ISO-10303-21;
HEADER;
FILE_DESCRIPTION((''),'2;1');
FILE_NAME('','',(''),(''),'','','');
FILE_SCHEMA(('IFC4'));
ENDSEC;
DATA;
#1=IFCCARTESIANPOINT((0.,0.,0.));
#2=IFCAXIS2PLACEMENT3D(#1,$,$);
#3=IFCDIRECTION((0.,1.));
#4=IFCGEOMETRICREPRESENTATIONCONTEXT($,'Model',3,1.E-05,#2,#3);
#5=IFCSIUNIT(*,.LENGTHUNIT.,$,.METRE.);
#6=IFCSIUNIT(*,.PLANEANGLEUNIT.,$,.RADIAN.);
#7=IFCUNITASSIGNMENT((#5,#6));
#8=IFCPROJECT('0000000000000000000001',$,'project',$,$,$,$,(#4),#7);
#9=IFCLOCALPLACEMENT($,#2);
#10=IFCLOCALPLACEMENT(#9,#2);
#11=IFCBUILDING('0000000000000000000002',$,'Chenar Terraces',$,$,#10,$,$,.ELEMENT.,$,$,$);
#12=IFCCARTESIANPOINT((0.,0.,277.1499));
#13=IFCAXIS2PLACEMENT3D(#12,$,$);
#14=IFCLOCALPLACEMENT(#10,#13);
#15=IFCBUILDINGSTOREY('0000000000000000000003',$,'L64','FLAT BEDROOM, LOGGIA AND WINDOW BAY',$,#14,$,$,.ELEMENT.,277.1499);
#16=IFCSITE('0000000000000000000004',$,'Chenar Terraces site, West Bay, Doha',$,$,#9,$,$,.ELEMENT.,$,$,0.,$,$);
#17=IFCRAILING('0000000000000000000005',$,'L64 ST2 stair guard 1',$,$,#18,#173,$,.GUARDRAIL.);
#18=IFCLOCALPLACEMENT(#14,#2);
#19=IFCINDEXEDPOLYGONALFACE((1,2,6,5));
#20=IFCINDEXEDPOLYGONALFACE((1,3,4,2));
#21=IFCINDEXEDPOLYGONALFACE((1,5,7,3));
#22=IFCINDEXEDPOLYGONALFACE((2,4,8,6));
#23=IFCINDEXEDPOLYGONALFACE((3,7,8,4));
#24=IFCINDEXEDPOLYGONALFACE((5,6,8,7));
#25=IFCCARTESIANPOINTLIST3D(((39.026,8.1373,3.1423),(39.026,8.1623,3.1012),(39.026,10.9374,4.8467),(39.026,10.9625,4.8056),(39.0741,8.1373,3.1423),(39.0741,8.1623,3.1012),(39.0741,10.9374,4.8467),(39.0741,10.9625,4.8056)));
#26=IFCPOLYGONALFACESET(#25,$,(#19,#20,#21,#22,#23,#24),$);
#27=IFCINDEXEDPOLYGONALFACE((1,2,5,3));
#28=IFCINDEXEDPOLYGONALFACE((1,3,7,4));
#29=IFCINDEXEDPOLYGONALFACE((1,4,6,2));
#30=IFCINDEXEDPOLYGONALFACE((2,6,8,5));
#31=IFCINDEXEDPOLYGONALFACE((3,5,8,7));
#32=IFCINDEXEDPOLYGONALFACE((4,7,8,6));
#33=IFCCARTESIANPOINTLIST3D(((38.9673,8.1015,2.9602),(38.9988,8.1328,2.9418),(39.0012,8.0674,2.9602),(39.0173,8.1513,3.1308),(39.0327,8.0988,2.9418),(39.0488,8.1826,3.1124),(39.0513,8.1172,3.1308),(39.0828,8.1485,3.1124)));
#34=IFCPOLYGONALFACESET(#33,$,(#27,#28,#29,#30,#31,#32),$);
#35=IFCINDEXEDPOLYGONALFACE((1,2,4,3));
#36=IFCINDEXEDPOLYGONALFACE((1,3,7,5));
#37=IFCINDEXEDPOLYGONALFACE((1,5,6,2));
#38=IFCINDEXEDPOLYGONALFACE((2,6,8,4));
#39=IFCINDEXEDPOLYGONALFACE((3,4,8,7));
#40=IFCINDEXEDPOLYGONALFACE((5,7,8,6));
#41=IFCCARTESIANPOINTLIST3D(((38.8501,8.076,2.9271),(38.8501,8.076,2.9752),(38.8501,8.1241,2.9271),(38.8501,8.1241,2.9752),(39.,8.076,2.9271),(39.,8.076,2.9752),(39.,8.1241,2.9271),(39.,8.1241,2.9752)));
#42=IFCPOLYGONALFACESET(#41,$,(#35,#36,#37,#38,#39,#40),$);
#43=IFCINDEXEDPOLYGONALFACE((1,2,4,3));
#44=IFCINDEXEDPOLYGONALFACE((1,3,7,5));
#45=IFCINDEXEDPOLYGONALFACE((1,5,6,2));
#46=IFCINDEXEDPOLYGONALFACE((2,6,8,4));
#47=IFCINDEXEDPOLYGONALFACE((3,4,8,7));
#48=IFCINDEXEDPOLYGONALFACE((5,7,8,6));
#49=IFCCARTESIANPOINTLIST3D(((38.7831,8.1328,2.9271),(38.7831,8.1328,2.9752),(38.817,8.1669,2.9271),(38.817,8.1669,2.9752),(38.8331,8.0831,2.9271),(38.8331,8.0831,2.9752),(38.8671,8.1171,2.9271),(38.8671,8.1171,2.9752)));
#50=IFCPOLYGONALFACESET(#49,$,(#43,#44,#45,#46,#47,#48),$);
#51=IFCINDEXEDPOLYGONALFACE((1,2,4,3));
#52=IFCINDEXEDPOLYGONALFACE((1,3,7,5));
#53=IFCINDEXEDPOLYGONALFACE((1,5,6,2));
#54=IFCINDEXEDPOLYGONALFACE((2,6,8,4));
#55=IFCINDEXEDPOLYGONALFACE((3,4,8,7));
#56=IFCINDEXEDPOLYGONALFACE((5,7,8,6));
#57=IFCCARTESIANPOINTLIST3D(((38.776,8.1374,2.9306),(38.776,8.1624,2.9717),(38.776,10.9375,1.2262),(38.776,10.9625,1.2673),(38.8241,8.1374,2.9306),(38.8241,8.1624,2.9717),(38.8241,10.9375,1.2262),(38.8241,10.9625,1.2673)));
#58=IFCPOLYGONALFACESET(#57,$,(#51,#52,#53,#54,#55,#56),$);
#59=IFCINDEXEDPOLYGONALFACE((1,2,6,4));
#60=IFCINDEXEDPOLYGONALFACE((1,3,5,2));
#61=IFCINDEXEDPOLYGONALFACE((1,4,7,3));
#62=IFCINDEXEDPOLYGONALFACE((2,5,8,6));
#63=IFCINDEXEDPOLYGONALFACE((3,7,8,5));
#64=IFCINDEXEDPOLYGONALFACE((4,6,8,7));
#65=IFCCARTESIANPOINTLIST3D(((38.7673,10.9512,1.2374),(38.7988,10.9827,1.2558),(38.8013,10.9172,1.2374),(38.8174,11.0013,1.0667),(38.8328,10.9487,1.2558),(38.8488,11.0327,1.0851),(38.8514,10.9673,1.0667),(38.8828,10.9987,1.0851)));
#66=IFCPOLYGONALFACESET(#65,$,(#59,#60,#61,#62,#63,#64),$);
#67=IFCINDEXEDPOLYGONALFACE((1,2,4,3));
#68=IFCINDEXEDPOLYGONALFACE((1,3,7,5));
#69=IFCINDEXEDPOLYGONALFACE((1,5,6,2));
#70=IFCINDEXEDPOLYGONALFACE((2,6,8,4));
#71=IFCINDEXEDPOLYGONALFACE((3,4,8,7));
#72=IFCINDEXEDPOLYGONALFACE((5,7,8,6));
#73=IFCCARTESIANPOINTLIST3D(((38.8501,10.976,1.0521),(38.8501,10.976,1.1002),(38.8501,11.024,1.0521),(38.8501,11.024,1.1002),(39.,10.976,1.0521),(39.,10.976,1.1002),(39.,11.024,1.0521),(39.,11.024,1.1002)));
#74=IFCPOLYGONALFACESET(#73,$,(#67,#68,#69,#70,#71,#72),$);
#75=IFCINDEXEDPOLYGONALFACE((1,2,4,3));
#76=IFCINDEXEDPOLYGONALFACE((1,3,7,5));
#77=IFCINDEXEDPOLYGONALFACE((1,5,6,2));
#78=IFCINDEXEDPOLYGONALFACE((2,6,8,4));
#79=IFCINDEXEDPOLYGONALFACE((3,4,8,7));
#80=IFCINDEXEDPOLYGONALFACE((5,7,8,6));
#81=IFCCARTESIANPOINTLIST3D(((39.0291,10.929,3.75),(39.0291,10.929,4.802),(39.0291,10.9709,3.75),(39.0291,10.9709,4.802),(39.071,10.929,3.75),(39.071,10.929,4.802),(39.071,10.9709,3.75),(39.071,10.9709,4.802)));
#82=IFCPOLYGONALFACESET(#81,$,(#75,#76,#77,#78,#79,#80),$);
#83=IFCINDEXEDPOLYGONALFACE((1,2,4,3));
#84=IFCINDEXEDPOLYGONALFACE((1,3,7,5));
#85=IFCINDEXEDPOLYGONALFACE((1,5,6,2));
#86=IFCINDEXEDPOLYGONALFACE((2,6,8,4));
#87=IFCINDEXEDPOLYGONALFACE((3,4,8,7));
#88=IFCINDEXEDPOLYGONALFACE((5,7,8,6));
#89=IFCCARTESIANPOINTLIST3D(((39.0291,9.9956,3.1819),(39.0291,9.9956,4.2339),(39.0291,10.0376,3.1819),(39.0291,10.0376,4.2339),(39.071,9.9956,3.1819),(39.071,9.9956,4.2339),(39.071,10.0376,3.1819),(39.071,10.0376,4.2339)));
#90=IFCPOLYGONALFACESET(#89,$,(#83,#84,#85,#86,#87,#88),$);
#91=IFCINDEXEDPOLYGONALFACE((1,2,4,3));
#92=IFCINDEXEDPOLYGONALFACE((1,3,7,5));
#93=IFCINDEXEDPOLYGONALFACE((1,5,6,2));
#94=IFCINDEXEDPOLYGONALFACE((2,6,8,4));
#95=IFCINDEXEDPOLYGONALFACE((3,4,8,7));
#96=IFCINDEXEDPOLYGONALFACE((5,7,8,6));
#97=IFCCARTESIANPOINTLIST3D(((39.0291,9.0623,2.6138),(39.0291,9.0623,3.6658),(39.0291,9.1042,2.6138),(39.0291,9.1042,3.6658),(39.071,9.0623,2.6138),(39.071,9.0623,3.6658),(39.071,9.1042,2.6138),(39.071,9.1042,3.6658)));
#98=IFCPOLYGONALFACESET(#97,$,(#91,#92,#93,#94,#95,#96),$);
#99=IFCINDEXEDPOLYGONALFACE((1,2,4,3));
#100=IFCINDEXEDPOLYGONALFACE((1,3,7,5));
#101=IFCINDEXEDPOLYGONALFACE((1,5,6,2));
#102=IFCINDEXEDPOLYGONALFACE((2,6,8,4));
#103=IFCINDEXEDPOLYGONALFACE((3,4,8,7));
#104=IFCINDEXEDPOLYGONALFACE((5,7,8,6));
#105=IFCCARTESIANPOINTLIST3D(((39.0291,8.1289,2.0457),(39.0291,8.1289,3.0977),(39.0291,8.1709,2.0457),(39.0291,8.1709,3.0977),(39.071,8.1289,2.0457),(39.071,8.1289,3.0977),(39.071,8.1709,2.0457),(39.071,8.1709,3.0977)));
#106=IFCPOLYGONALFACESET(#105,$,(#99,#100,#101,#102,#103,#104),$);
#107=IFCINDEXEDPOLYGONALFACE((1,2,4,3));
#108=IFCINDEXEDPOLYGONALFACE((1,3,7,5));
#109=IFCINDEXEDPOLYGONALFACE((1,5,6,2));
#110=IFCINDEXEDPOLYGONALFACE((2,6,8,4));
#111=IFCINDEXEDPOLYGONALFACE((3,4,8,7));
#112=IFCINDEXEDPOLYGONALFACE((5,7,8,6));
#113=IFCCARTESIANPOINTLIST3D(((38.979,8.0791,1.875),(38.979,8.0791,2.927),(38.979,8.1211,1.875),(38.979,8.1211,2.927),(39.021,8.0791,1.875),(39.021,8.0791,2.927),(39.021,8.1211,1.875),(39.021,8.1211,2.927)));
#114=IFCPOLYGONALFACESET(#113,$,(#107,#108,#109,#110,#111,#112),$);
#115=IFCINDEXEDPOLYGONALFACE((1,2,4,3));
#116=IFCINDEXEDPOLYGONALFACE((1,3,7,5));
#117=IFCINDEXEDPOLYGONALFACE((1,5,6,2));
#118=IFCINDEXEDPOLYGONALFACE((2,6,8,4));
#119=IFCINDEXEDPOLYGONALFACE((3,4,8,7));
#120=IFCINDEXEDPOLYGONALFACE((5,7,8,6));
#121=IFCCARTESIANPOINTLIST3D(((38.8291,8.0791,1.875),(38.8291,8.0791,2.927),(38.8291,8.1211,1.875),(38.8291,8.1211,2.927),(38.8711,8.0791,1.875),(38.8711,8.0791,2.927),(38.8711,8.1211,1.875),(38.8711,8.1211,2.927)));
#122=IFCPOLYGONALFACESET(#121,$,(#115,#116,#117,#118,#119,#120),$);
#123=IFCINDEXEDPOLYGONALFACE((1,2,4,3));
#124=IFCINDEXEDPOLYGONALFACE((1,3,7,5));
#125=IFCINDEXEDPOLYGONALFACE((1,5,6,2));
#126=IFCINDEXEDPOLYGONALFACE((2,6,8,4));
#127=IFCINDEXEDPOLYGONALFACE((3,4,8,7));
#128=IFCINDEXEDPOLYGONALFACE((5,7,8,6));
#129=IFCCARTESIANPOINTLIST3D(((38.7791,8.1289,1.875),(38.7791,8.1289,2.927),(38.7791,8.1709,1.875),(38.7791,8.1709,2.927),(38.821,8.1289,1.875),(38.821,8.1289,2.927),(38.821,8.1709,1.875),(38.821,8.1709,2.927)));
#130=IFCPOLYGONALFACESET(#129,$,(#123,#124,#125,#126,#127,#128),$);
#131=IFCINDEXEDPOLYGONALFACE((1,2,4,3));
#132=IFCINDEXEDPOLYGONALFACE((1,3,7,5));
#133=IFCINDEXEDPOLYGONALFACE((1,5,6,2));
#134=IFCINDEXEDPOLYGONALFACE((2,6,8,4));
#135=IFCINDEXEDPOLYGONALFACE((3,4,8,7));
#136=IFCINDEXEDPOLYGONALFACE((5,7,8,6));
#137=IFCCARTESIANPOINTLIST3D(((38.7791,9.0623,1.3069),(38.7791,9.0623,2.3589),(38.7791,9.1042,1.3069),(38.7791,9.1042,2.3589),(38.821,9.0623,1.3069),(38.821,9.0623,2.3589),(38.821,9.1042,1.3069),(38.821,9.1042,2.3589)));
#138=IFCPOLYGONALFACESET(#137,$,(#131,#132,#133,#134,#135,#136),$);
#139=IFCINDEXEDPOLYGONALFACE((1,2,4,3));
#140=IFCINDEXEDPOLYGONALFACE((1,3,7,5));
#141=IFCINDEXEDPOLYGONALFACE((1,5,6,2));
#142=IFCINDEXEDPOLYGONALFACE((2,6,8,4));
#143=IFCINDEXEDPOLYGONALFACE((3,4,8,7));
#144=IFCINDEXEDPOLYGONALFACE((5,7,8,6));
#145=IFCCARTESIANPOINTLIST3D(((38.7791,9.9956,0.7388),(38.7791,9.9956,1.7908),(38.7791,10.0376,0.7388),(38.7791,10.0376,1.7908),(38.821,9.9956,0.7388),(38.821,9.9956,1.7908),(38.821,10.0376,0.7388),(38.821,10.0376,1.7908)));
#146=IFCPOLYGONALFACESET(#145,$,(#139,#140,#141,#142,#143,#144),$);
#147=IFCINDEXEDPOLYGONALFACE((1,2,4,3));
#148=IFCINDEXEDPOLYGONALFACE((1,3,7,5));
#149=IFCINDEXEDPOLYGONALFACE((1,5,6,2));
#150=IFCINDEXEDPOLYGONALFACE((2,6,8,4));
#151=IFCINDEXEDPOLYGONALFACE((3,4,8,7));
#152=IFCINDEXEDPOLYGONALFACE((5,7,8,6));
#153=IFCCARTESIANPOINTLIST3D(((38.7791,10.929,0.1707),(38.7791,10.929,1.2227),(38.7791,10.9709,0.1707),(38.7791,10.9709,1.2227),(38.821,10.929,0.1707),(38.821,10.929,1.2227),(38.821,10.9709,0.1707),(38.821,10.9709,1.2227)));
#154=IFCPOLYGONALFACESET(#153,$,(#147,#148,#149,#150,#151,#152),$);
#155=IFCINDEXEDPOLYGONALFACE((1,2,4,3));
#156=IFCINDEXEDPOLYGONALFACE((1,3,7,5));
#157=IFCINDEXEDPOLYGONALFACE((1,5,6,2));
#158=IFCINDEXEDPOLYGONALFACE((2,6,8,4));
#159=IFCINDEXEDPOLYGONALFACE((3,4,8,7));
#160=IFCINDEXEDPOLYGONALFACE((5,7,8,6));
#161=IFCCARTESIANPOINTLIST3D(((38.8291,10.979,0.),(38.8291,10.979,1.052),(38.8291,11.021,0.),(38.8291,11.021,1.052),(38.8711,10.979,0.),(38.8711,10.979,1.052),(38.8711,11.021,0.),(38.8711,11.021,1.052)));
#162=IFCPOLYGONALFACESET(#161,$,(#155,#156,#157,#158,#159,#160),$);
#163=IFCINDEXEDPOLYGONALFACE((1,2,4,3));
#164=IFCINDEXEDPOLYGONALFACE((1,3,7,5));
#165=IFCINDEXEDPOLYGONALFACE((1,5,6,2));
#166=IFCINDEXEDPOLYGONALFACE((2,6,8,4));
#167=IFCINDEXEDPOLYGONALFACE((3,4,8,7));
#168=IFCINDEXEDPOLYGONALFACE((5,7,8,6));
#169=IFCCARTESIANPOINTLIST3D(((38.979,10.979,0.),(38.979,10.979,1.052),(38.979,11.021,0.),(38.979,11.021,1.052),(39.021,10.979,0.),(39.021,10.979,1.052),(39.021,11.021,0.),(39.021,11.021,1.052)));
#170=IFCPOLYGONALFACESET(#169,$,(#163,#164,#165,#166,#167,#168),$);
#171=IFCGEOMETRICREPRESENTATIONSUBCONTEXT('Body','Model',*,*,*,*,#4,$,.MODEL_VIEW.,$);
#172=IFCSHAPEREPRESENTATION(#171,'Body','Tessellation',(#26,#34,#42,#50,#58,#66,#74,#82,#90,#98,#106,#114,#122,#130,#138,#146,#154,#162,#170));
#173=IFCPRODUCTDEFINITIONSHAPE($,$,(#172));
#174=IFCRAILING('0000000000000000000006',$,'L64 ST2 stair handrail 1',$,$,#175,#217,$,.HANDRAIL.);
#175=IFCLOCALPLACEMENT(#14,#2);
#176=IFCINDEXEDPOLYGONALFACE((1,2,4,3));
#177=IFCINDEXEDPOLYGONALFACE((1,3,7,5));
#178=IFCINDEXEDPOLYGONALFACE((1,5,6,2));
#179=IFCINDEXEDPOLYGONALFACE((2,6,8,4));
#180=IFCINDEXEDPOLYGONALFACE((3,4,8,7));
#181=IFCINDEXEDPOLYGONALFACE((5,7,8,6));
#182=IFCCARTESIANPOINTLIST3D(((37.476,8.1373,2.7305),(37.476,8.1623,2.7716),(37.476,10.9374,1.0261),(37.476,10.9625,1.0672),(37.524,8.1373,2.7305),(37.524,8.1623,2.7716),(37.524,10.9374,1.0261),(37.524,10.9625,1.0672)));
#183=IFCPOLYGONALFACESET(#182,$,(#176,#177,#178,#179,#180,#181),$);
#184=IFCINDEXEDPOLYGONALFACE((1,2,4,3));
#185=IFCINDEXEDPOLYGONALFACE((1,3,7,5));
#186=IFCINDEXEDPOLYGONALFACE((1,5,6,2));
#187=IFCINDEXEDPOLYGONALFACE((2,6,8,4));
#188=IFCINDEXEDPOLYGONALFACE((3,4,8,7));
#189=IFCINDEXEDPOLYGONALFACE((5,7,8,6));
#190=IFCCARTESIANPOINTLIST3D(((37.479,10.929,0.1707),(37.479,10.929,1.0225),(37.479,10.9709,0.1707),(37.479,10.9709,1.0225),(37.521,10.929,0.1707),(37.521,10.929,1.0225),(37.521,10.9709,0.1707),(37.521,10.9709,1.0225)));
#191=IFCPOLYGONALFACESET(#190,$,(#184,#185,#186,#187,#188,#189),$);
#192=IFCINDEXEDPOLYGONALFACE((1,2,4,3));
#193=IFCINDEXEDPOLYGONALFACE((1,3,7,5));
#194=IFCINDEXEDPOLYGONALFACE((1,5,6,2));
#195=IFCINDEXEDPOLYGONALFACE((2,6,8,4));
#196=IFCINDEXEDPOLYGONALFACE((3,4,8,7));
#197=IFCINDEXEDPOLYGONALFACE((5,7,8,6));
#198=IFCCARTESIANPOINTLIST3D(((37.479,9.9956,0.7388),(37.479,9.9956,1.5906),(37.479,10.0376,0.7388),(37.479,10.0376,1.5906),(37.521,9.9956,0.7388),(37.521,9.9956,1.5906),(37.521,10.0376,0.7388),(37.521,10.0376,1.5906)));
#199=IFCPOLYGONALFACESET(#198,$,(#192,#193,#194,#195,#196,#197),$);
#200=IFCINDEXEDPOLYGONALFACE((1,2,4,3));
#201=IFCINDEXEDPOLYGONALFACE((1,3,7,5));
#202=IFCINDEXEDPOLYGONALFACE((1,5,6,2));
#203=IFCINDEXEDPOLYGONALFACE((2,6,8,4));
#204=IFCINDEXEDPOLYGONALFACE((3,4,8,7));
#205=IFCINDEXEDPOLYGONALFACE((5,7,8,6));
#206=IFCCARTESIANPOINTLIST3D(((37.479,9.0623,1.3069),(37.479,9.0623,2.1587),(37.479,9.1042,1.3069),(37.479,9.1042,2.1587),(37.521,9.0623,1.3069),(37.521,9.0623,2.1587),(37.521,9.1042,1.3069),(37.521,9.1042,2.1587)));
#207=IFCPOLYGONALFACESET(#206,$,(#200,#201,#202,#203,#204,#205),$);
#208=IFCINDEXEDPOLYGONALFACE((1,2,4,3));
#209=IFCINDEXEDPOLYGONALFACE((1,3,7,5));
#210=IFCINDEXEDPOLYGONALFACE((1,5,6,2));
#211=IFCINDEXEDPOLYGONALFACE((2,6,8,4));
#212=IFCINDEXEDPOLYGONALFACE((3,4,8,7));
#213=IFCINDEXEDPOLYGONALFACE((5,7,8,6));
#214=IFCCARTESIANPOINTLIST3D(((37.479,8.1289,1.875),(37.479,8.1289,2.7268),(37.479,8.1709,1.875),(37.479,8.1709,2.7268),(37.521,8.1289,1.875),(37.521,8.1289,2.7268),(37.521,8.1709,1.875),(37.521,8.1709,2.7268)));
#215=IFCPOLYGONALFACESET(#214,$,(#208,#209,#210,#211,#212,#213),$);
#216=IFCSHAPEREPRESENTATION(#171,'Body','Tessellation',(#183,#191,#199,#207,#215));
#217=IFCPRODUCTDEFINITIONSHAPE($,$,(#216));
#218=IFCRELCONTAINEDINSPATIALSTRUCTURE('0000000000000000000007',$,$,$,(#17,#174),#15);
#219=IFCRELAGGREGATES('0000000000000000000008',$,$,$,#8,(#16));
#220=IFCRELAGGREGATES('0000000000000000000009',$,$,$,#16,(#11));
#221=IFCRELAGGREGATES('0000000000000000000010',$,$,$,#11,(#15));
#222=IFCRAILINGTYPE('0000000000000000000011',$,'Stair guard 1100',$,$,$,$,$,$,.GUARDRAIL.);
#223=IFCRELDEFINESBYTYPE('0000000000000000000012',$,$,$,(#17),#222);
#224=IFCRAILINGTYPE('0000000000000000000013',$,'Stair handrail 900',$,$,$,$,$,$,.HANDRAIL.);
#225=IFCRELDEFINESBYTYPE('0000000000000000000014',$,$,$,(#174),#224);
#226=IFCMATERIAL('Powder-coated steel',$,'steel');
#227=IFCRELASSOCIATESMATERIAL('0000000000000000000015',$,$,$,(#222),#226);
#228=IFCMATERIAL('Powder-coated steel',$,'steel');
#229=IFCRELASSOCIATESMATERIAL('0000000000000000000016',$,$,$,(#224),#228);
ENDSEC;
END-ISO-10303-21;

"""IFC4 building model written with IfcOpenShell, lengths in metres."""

from ifc_helpers import new_model, si_unit, direction, frame, origin, origin_2d, place, context, subcontext, project, spatial, rectangle, extrude, material, type_object, element, save


model = new_model("IFC4")

# Units and contexts
model_context = context("Model", 3, precision=1e-05, world=origin(), true_north=direction((0.0, 1.0)))
body_context = subcontext(model_context, "Body", "Model", "MODEL_VIEW")
ifc_project = project(units=[si_unit("LENGTHUNIT", "METRE"), si_unit("PLANEANGLEUNIT", "RADIAN")], contexts=[model_context])

# Site, building, storey
site_placement = place(None, origin())
site = spatial("IfcSite", under=ifc_project, at=site_placement, Name="Chenar Terraces site, West Bay, Doha", CompositionType="ELEMENT", RefElevation=0.0)
building_placement = place(site_placement, origin())
building = spatial("IfcBuilding", under=site, at=building_placement, Name="Chenar Terraces", CompositionType="ELEMENT")
storey_placement = place(building_placement, frame((0.0, 0.0, 277.1499)))
storey = spatial("IfcBuildingStorey", under=building, at=storey_placement, Name="L64", Description="FLAT BEDROOM, LOGGIA AND WINDOW BAY", CompositionType="ELEMENT", Elevation=277.1499)

# Railings
ifc_material_1 = material(Name="Powder-coated steel", Category="steel")
railing_type_1 = type_object("IfcRailingType", Name="Stair guard 1100", PredefinedType="GUARDRAIL", material=ifc_material_1)
railing_1_placement = place(storey_placement, frame((39.05, 10.95, 3.75)))
element("IfcRailing", 1, at=railing_1_placement, inside=storey, type_object=railing_type_1, Name="L64 ST2 stair guard 1", PredefinedType="GUARDRAIL", context=body_context, shape_type="SweptSolid", body=[
    extrude(rectangle(XDim=0.0481, YDim=0.0481, at=origin_2d()), frame((0.0, 0.0, 1.0762), z_axis=(0.0, -0.854203, -0.51994), x_axis=(1.0, 0.0, 0.0)), (0.0, 0.0, 1.0), 3.2781),
    extrude(rectangle(XDim=0.0481, YDim=0.0481, at=origin_2d()), frame((0.0, -2.8, -0.6284), z_axis=(-0.270997, -0.269675, -0.924033), x_axis=(0.705376, -0.708834, 0.0)), (0.0, 0.0, 1.0), 0.1846),
    extrude(rectangle(XDim=0.0481, YDim=0.0481, at=origin_2d()), frame((-0.05, -2.8499, -0.7988), z_axis=(-1.0, 0.0, 0.0), x_axis=(0.0, -1.0, 0.0)), (0.0, 0.0, 1.0), 0.1499),
    extrude(rectangle(XDim=0.0481, YDim=0.0481, at=origin_2d()), frame((-0.2, -2.8499, -0.7988), z_axis=(-0.708834, 0.705376, 0.0), x_axis=(-0.705376, -0.708834, 0.0)), (0.0, 0.0, 1.0), 0.0706),
    extrude(rectangle(XDim=0.0481, YDim=0.0481, at=origin_2d()), frame((-0.25, -2.8, -0.7988), z_axis=(0.0, 0.854203, -0.51994), x_axis=(-1.0, 0.0, 0.0)), (0.0, 0.0, 1.0), 3.2781),
    extrude(rectangle(XDim=0.0481, YDim=0.0481, at=origin_2d()), frame((-0.25, 0.0, -2.5034), z_axis=(0.2709, 0.2709, -0.923703), x_axis=(-0.707107, 0.707107, 0.0)), (0.0, 0.0, 1.0), 0.1848),
    extrude(rectangle(XDim=0.0481, YDim=0.0481, at=origin_2d()), frame((-0.2, 0.05, -2.6738), z_axis=(1.0, 0.0, 0.0), x_axis=(0.0, 1.0, 0.0)), (0.0, 0.0, 1.0), 0.1499),
    extrude(rectangle(XDim=0.042, YDim=0.042, at=origin_2d()), origin(), (0.0, 0.0, 1.0), 1.052),
    extrude(rectangle(XDim=0.042, YDim=0.042, at=origin_2d()), frame((0.0, -0.9333, -0.5681)), (0.0, 0.0, 1.0), 1.052),
    extrude(rectangle(XDim=0.042, YDim=0.042, at=origin_2d()), frame((0.0, -1.8667, -1.1362)), (0.0, 0.0, 1.0), 1.052),
    extrude(rectangle(XDim=0.042, YDim=0.042, at=origin_2d()), frame((0.0, -2.8, -1.7043)), (0.0, 0.0, 1.0), 1.052),
    extrude(rectangle(XDim=0.042, YDim=0.042, at=origin_2d()), frame((-0.05, -2.8499, -1.875)), (0.0, 0.0, 1.0), 1.052),
    extrude(rectangle(XDim=0.042, YDim=0.042, at=origin_2d()), frame((-0.2, -2.8499, -1.875)), (0.0, 0.0, 1.0), 1.052),
    extrude(rectangle(XDim=0.042, YDim=0.042, at=origin_2d()), frame((-0.25, -2.8, -1.875)), (0.0, 0.0, 1.0), 1.052),
    extrude(rectangle(XDim=0.042, YDim=0.042, at=origin_2d()), frame((-0.25, -1.8667, -2.4431)), (0.0, 0.0, 1.0), 1.052),
    extrude(rectangle(XDim=0.042, YDim=0.042, at=origin_2d()), frame((-0.25, -0.9333, -3.0112)), (0.0, 0.0, 1.0), 1.052),
    extrude(rectangle(XDim=0.042, YDim=0.042, at=origin_2d()), frame((-0.25, 0.0, -3.5793)), (0.0, 0.0, 1.0), 1.052),
    extrude(rectangle(XDim=0.042, YDim=0.042, at=origin_2d()), frame((-0.2, 0.05, -3.75)), (0.0, 0.0, 1.0), 1.052),
    extrude(rectangle(XDim=0.042, YDim=0.042, at=origin_2d()), frame((-0.05, 0.05, -3.75)), (0.0, 0.0, 1.0), 1.052),
])
ifc_material_2 = material(Name="Powder-coated steel", Category="steel")
railing_type_2 = type_object("IfcRailingType", Name="Stair handrail 900", PredefinedType="HANDRAIL", material=ifc_material_2)
railing_2_placement = place(storey_placement, frame((37.5, 10.95, 0.1707)))
element("IfcRailing", 2, at=railing_2_placement, inside=storey, type_object=railing_type_2, Name="L64 ST2 stair handrail 1", PredefinedType="HANDRAIL", context=body_context, shape_type="SweptSolid", body=[
    extrude(rectangle(XDim=0.0481, YDim=0.0481, at=origin_2d()), frame((0.0, 0.0, 0.876), z_axis=(0.0, -0.854203, 0.51994), x_axis=(1.0, 0.0, 0.0)), (0.0, 0.0, 1.0), 3.2781),
    extrude(rectangle(XDim=0.042, YDim=0.042, at=origin_2d()), origin(), (0.0, 0.0, 1.0), 0.8518),
    extrude(rectangle(XDim=0.042, YDim=0.042, at=origin_2d()), frame((0.0, -0.9333, 0.5681)), (0.0, 0.0, 1.0), 0.8518),
    extrude(rectangle(XDim=0.042, YDim=0.042, at=origin_2d()), frame((0.0, -1.8667, 1.1362)), (0.0, 0.0, 1.0), 0.8518),
    extrude(rectangle(XDim=0.042, YDim=0.042, at=origin_2d()), frame((0.0, -2.8, 1.7043)), (0.0, 0.0, 1.0), 0.8518),
])

save(model, "model.ifc")
